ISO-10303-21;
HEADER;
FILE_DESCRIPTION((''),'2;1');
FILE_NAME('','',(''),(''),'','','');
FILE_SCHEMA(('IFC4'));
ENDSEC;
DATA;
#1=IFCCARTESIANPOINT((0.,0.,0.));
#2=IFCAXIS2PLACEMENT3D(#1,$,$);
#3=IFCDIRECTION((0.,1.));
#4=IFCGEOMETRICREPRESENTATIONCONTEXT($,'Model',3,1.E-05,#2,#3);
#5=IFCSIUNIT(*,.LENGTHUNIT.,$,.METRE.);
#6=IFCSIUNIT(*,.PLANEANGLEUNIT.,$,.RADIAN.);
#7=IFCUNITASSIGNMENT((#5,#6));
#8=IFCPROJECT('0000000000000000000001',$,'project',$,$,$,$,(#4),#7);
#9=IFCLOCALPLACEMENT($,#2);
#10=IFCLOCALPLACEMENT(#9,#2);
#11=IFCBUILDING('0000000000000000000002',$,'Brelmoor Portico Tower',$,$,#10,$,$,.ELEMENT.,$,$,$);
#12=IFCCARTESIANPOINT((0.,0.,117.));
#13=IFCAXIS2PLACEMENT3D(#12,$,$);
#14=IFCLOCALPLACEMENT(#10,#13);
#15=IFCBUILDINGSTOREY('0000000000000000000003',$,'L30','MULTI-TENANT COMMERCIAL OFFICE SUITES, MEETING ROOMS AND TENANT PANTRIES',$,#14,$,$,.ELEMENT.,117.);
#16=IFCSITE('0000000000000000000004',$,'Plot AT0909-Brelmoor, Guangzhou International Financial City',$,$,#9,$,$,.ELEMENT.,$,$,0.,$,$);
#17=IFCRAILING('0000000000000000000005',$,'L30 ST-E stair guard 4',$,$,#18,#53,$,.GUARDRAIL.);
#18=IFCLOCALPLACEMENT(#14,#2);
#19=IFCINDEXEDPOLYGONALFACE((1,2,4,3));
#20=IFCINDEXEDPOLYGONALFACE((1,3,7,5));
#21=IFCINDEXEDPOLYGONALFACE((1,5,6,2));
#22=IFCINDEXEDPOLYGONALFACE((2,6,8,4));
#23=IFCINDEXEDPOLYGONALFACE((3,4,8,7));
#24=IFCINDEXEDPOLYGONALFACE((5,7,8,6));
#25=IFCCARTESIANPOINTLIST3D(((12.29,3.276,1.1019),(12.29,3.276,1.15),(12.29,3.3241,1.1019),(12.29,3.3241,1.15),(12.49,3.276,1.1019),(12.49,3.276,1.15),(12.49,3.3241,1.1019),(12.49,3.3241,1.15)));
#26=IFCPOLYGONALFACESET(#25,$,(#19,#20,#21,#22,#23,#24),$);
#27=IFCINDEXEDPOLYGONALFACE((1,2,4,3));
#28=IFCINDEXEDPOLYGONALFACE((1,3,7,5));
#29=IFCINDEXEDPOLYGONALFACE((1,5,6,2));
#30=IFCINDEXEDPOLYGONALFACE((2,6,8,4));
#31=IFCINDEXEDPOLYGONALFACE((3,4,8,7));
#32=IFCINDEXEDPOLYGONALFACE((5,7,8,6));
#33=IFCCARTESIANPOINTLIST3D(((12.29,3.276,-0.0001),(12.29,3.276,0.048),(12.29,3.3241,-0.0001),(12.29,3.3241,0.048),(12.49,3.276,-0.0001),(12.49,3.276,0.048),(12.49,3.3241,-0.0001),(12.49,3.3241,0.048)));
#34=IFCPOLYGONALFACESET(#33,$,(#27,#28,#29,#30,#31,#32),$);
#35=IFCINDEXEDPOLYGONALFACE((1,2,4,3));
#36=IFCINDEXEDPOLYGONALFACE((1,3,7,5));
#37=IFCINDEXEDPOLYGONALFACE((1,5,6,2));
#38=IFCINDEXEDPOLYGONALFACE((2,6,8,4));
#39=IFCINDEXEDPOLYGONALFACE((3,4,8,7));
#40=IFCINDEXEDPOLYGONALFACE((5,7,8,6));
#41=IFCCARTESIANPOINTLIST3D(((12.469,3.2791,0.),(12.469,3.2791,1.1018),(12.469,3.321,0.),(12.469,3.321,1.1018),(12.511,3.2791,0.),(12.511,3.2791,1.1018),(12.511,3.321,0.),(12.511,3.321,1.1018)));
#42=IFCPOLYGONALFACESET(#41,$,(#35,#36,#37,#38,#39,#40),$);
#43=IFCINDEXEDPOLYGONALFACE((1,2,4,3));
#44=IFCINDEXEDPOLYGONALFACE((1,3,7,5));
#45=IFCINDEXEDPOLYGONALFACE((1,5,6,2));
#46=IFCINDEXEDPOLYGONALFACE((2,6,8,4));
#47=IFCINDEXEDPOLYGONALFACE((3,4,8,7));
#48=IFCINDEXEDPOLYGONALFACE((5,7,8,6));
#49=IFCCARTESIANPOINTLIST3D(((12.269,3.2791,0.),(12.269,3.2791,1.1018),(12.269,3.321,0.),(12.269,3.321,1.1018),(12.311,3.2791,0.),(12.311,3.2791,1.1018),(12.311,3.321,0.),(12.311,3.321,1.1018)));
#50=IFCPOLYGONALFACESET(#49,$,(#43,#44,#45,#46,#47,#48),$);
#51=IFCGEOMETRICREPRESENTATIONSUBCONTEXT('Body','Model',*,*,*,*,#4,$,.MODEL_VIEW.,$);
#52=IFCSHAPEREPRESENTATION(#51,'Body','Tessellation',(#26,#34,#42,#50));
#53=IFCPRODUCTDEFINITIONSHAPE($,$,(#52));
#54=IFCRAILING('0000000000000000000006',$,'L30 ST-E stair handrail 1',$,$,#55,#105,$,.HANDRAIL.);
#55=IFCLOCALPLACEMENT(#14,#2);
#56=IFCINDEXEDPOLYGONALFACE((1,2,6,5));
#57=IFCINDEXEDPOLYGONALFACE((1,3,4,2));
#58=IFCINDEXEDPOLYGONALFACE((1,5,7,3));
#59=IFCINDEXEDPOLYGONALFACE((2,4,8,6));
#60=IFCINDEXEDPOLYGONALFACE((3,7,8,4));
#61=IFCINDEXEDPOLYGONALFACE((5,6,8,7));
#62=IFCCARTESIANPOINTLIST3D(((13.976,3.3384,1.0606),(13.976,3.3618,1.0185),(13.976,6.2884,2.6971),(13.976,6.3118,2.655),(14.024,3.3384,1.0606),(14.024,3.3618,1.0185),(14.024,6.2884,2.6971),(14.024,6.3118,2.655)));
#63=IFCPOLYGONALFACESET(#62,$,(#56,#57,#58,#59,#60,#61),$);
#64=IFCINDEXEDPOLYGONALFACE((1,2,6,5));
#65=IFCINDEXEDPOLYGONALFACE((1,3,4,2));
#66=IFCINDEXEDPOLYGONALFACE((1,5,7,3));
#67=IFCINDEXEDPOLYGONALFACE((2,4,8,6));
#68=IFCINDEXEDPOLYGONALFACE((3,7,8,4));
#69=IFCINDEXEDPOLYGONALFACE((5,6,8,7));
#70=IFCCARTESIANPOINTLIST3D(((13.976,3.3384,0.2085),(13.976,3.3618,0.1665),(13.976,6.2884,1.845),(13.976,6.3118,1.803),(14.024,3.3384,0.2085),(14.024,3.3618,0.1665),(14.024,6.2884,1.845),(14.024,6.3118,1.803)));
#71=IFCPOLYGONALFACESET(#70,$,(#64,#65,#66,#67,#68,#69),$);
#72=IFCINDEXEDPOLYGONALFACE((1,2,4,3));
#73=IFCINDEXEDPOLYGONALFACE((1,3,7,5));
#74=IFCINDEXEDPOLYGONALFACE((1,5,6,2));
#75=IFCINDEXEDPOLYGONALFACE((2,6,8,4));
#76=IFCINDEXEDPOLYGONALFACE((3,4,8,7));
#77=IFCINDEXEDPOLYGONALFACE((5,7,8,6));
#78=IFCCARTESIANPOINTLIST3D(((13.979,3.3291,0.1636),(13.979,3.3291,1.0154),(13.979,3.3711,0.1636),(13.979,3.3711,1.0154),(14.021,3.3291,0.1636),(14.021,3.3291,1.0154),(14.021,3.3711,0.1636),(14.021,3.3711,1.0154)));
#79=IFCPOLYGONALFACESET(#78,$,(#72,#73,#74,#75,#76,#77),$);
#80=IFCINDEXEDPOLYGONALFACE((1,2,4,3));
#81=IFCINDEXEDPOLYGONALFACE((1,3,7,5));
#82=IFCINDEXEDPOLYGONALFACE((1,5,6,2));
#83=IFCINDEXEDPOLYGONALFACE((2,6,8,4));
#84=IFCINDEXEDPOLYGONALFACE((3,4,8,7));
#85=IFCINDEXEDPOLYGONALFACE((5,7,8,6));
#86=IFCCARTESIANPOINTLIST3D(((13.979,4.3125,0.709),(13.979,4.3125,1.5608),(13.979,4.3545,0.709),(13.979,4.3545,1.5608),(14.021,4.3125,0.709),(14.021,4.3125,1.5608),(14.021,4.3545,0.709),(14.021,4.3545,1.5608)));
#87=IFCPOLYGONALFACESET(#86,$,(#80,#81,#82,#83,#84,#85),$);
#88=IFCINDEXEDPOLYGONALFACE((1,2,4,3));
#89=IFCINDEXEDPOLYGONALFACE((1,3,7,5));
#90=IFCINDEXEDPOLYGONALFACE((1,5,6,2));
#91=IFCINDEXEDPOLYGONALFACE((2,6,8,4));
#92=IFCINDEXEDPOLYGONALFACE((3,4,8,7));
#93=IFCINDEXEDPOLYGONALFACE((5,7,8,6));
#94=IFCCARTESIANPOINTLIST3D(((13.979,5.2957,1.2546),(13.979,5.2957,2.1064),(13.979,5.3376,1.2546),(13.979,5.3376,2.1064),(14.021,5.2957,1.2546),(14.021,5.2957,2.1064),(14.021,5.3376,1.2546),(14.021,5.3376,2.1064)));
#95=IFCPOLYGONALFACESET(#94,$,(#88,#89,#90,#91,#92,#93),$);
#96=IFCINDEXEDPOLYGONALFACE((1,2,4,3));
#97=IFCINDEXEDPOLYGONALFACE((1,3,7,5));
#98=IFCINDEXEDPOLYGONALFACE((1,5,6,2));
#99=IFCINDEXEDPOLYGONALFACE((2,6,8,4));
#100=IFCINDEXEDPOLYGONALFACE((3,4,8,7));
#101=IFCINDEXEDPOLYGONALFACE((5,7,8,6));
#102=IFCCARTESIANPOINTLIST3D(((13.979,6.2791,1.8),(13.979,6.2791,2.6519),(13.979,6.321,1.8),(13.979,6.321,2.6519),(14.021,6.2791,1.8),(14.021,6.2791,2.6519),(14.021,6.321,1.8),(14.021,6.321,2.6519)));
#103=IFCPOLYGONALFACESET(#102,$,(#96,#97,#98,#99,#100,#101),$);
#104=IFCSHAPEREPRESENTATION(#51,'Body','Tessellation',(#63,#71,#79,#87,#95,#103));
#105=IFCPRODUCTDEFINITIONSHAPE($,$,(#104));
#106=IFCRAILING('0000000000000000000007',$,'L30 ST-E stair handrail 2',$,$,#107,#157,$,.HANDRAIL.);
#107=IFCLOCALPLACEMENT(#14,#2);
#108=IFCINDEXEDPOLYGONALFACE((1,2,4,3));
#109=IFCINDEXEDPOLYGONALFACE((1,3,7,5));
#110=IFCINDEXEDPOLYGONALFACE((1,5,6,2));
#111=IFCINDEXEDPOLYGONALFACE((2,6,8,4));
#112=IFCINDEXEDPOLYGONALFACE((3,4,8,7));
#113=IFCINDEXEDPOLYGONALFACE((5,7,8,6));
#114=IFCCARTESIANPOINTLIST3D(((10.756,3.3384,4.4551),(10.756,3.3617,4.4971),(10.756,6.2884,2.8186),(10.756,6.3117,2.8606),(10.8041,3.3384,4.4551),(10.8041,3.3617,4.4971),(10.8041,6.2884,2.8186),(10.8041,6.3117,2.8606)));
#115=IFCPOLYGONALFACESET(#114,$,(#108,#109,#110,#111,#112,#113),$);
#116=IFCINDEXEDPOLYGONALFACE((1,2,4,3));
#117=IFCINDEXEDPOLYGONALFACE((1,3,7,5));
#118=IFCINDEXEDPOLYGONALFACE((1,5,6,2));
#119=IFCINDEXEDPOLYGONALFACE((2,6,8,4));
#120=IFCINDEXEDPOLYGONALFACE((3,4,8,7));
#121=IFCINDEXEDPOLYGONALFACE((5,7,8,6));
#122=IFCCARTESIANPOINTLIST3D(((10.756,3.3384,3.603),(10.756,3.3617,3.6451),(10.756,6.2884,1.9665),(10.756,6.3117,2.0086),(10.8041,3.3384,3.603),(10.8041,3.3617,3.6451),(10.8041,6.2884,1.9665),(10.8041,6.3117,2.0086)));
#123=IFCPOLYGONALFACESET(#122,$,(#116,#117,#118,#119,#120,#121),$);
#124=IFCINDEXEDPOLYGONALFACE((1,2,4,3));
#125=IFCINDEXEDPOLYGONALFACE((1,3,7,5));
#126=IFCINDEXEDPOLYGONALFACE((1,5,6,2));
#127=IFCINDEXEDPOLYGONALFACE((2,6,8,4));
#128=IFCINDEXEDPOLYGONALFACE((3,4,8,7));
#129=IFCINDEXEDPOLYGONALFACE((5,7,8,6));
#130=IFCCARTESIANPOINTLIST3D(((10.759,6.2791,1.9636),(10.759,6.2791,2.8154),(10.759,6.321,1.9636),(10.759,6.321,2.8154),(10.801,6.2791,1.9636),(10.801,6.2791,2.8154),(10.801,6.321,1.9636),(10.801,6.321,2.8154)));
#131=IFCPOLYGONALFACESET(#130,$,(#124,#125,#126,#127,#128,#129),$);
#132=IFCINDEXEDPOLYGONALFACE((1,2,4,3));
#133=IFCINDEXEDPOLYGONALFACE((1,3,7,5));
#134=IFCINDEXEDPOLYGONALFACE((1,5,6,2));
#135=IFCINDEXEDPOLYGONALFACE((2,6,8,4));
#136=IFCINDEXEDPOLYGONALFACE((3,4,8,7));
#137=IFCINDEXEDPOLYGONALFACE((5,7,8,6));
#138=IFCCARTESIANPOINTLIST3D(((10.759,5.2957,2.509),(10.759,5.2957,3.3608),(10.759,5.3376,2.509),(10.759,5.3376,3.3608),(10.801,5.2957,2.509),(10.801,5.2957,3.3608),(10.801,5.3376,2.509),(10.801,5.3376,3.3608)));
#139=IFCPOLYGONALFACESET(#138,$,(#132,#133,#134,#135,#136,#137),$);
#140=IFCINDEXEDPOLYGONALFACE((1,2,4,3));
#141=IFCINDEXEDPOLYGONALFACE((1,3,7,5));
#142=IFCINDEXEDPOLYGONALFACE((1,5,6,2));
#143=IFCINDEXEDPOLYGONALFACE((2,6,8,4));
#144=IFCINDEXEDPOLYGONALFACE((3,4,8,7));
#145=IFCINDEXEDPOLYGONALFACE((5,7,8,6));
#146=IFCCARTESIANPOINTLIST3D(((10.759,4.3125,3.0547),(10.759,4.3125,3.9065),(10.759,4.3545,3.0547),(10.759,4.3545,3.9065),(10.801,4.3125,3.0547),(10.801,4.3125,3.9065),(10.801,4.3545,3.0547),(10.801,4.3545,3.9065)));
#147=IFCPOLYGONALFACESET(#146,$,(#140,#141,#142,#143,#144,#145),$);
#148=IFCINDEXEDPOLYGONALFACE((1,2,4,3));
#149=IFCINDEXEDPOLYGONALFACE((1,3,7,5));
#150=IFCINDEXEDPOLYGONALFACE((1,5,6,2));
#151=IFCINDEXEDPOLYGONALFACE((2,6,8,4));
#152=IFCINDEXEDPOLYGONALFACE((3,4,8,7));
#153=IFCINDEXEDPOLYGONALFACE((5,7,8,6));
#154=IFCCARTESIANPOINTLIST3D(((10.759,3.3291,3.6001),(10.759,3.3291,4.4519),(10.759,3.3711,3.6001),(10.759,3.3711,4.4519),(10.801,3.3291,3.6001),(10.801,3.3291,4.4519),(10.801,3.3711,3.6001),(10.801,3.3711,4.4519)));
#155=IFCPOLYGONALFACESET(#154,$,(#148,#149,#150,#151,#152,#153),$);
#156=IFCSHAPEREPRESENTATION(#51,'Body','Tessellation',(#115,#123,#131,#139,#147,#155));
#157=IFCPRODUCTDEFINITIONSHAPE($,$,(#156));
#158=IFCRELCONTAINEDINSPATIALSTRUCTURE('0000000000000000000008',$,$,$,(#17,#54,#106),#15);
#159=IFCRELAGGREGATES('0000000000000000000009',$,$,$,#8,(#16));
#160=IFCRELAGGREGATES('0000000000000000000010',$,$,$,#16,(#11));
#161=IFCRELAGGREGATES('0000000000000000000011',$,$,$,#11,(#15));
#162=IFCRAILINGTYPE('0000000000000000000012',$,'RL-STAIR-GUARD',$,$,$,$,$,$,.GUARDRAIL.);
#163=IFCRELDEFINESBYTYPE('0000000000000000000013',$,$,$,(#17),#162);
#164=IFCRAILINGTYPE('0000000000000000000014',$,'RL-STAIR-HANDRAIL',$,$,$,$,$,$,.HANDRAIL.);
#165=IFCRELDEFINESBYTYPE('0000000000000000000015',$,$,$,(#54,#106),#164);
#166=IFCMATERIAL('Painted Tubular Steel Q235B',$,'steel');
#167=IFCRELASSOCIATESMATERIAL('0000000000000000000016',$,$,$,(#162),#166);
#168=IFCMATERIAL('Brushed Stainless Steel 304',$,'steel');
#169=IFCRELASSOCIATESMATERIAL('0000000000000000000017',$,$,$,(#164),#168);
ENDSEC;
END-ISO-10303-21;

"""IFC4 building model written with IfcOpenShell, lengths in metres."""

from ifc_helpers import new_model, si_unit, direction, frame, origin, origin_2d, place, context, subcontext, project, spatial, rectangle, extrude, material, type_object, element, save


model = new_model("IFC4")

# Units and contexts
model_context = context("Model", 3, precision=1e-05, world=origin(), true_north=direction((0.0, 1.0)))
body_context = subcontext(model_context, "Body", "Model", "MODEL_VIEW")
ifc_project = project(units=[si_unit("LENGTHUNIT", "METRE"), si_unit("PLANEANGLEUNIT", "RADIAN")], contexts=[model_context])

# Site, building, storey
site_placement = place(None, origin())
site = spatial("IfcSite", under=ifc_project, at=site_placement, Name="Plot AT0909-Brelmoor, Guangzhou International Financial City", CompositionType="ELEMENT", RefElevation=0.0)
building_placement = place(site_placement, origin())
building = spatial("IfcBuilding", under=site, at=building_placement, Name="Brelmoor Portico Tower", CompositionType="ELEMENT")
storey_placement = place(building_placement, frame((0.0, 0.0, 117.0)))
storey = spatial("IfcBuildingStorey", under=building, at=storey_placement, Name="L30", Description="MULTI-TENANT COMMERCIAL OFFICE SUITES, MEETING ROOMS AND TENANT PANTRIES", CompositionType="ELEMENT", Elevation=117.0)

# Railings
ifc_material_1 = material(Name="Painted Tubular Steel Q235B", Category="steel")
railing_type_1 = type_object("IfcRailingType", Name="RL-STAIR-GUARD", PredefinedType="GUARDRAIL", material=ifc_material_1)
railing_1_placement = place(storey_placement, frame((12.49, 3.3, 0.0)))
element("IfcRailing", 1, at=railing_1_placement, inside=storey, type_object=railing_type_1, Name="L30 ST-E stair guard 4", PredefinedType="GUARDRAIL", context=body_context, shape_type="SweptSolid", body=[
    extrude(rectangle(XDim=0.0481, YDim=0.0481, at=origin_2d()), frame((0.0, 0.0, 1.126), z_axis=(-1.0, 0.0, 0.0), x_axis=(0.0, -1.0, 0.0)), (0.0, 0.0, 1.0), 0.2),
    extrude(rectangle(XDim=0.0481, YDim=0.0481, at=origin_2d()), frame((0.0, 0.0, 0.0239), z_axis=(-1.0, 0.0, 0.0), x_axis=(0.0, -1.0, 0.0)), (0.0, 0.0, 1.0), 0.2),
    extrude(rectangle(XDim=0.042, YDim=0.042, at=origin_2d()), origin(), (0.0, 0.0, 1.0), 1.1018),
    extrude(rectangle(XDim=0.042, YDim=0.042, at=origin_2d()), frame((-0.2, 0.0, 0.0)), (0.0, 0.0, 1.0), 1.1018),
])
ifc_material_2 = material(Name="Brushed Stainless Steel 304", Category="steel")
railing_type_2 = type_object("IfcRailingType", Name="RL-STAIR-HANDRAIL", PredefinedType="HANDRAIL", material=ifc_material_2)
railing_2_placement = place(storey_placement, frame((14.0, 3.3501, 0.1636)))
element("IfcRailing", 2, at=railing_2_placement, inside=storey, type_object=railing_type_2, Name="L30 ST-E stair handrail 1", PredefinedType="HANDRAIL", context=body_context, shape_type="SweptSolid", body=[
    extrude(rectangle(XDim=0.0481, YDim=0.0481, at=origin_2d()), frame((0.0, 0.0, 0.876), z_axis=(0.0, 0.874458, 0.485102), x_axis=(-1.0, 0.0, 0.0)), (0.0, 0.0, 1.0), 3.3735),
    extrude(rectangle(XDim=0.0481, YDim=0.0481, at=origin_2d()), frame((0.0, 0.0, 0.0239), z_axis=(0.0, 0.874458, 0.485102), x_axis=(-1.0, 0.0, 0.0)), (0.0, 0.0, 1.0), 3.3735),
    extrude(rectangle(XDim=0.042, YDim=0.042, at=origin_2d()), origin(), (0.0, 0.0, 1.0), 0.8518),
    extrude(rectangle(XDim=0.042, YDim=0.042, at=origin_2d()), frame((0.0, 0.9834, 0.5454)), (0.0, 0.0, 1.0), 0.8518),
    extrude(rectangle(XDim=0.042, YDim=0.042, at=origin_2d()), frame((0.0, 1.9666, 1.0911)), (0.0, 0.0, 1.0), 0.8518),
    extrude(rectangle(XDim=0.042, YDim=0.042, at=origin_2d()), frame((0.0, 2.95, 1.6365)), (0.0, 0.0, 1.0), 0.8518),
])
railing_3_placement = place(storey_placement, frame((10.78, 6.3, 1.9636)))
element("IfcRailing", 3, at=railing_3_placement, inside=storey, type_object=railing_type_2, Name="L30 ST-E stair handrail 2", PredefinedType="HANDRAIL", context=body_context, shape_type="SweptSolid", body=[
    extrude(rectangle(XDim=0.0481, YDim=0.0481, at=origin_2d()), frame((0.0, 0.0, 0.876), z_axis=(0.0, -0.874458, 0.485102), x_axis=(1.0, 0.0, 0.0)), (0.0, 0.0, 1.0), 3.3735),
    extrude(rectangle(XDim=0.0481, YDim=0.0481, at=origin_2d()), frame((0.0, 0.0, 0.0239), z_axis=(0.0, -0.874458, 0.485102), x_axis=(1.0, 0.0, 0.0)), (0.0, 0.0, 1.0), 3.3735),
    extrude(rectangle(XDim=0.042, YDim=0.042, at=origin_2d()), origin(), (0.0, 0.0, 1.0), 0.8518),
    extrude(rectangle(XDim=0.042, YDim=0.042, at=origin_2d()), frame((0.0, -0.9834, 0.5454)), (0.0, 0.0, 1.0), 0.8518),
    extrude(rectangle(XDim=0.042, YDim=0.042, at=origin_2d()), frame((0.0, -1.9666, 1.0911)), (0.0, 0.0, 1.0), 0.8518),
    extrude(rectangle(XDim=0.042, YDim=0.042, at=origin_2d()), frame((0.0, -2.95, 1.6365)), (0.0, 0.0, 1.0), 0.8518),
])

save(model, "model.ifc")
